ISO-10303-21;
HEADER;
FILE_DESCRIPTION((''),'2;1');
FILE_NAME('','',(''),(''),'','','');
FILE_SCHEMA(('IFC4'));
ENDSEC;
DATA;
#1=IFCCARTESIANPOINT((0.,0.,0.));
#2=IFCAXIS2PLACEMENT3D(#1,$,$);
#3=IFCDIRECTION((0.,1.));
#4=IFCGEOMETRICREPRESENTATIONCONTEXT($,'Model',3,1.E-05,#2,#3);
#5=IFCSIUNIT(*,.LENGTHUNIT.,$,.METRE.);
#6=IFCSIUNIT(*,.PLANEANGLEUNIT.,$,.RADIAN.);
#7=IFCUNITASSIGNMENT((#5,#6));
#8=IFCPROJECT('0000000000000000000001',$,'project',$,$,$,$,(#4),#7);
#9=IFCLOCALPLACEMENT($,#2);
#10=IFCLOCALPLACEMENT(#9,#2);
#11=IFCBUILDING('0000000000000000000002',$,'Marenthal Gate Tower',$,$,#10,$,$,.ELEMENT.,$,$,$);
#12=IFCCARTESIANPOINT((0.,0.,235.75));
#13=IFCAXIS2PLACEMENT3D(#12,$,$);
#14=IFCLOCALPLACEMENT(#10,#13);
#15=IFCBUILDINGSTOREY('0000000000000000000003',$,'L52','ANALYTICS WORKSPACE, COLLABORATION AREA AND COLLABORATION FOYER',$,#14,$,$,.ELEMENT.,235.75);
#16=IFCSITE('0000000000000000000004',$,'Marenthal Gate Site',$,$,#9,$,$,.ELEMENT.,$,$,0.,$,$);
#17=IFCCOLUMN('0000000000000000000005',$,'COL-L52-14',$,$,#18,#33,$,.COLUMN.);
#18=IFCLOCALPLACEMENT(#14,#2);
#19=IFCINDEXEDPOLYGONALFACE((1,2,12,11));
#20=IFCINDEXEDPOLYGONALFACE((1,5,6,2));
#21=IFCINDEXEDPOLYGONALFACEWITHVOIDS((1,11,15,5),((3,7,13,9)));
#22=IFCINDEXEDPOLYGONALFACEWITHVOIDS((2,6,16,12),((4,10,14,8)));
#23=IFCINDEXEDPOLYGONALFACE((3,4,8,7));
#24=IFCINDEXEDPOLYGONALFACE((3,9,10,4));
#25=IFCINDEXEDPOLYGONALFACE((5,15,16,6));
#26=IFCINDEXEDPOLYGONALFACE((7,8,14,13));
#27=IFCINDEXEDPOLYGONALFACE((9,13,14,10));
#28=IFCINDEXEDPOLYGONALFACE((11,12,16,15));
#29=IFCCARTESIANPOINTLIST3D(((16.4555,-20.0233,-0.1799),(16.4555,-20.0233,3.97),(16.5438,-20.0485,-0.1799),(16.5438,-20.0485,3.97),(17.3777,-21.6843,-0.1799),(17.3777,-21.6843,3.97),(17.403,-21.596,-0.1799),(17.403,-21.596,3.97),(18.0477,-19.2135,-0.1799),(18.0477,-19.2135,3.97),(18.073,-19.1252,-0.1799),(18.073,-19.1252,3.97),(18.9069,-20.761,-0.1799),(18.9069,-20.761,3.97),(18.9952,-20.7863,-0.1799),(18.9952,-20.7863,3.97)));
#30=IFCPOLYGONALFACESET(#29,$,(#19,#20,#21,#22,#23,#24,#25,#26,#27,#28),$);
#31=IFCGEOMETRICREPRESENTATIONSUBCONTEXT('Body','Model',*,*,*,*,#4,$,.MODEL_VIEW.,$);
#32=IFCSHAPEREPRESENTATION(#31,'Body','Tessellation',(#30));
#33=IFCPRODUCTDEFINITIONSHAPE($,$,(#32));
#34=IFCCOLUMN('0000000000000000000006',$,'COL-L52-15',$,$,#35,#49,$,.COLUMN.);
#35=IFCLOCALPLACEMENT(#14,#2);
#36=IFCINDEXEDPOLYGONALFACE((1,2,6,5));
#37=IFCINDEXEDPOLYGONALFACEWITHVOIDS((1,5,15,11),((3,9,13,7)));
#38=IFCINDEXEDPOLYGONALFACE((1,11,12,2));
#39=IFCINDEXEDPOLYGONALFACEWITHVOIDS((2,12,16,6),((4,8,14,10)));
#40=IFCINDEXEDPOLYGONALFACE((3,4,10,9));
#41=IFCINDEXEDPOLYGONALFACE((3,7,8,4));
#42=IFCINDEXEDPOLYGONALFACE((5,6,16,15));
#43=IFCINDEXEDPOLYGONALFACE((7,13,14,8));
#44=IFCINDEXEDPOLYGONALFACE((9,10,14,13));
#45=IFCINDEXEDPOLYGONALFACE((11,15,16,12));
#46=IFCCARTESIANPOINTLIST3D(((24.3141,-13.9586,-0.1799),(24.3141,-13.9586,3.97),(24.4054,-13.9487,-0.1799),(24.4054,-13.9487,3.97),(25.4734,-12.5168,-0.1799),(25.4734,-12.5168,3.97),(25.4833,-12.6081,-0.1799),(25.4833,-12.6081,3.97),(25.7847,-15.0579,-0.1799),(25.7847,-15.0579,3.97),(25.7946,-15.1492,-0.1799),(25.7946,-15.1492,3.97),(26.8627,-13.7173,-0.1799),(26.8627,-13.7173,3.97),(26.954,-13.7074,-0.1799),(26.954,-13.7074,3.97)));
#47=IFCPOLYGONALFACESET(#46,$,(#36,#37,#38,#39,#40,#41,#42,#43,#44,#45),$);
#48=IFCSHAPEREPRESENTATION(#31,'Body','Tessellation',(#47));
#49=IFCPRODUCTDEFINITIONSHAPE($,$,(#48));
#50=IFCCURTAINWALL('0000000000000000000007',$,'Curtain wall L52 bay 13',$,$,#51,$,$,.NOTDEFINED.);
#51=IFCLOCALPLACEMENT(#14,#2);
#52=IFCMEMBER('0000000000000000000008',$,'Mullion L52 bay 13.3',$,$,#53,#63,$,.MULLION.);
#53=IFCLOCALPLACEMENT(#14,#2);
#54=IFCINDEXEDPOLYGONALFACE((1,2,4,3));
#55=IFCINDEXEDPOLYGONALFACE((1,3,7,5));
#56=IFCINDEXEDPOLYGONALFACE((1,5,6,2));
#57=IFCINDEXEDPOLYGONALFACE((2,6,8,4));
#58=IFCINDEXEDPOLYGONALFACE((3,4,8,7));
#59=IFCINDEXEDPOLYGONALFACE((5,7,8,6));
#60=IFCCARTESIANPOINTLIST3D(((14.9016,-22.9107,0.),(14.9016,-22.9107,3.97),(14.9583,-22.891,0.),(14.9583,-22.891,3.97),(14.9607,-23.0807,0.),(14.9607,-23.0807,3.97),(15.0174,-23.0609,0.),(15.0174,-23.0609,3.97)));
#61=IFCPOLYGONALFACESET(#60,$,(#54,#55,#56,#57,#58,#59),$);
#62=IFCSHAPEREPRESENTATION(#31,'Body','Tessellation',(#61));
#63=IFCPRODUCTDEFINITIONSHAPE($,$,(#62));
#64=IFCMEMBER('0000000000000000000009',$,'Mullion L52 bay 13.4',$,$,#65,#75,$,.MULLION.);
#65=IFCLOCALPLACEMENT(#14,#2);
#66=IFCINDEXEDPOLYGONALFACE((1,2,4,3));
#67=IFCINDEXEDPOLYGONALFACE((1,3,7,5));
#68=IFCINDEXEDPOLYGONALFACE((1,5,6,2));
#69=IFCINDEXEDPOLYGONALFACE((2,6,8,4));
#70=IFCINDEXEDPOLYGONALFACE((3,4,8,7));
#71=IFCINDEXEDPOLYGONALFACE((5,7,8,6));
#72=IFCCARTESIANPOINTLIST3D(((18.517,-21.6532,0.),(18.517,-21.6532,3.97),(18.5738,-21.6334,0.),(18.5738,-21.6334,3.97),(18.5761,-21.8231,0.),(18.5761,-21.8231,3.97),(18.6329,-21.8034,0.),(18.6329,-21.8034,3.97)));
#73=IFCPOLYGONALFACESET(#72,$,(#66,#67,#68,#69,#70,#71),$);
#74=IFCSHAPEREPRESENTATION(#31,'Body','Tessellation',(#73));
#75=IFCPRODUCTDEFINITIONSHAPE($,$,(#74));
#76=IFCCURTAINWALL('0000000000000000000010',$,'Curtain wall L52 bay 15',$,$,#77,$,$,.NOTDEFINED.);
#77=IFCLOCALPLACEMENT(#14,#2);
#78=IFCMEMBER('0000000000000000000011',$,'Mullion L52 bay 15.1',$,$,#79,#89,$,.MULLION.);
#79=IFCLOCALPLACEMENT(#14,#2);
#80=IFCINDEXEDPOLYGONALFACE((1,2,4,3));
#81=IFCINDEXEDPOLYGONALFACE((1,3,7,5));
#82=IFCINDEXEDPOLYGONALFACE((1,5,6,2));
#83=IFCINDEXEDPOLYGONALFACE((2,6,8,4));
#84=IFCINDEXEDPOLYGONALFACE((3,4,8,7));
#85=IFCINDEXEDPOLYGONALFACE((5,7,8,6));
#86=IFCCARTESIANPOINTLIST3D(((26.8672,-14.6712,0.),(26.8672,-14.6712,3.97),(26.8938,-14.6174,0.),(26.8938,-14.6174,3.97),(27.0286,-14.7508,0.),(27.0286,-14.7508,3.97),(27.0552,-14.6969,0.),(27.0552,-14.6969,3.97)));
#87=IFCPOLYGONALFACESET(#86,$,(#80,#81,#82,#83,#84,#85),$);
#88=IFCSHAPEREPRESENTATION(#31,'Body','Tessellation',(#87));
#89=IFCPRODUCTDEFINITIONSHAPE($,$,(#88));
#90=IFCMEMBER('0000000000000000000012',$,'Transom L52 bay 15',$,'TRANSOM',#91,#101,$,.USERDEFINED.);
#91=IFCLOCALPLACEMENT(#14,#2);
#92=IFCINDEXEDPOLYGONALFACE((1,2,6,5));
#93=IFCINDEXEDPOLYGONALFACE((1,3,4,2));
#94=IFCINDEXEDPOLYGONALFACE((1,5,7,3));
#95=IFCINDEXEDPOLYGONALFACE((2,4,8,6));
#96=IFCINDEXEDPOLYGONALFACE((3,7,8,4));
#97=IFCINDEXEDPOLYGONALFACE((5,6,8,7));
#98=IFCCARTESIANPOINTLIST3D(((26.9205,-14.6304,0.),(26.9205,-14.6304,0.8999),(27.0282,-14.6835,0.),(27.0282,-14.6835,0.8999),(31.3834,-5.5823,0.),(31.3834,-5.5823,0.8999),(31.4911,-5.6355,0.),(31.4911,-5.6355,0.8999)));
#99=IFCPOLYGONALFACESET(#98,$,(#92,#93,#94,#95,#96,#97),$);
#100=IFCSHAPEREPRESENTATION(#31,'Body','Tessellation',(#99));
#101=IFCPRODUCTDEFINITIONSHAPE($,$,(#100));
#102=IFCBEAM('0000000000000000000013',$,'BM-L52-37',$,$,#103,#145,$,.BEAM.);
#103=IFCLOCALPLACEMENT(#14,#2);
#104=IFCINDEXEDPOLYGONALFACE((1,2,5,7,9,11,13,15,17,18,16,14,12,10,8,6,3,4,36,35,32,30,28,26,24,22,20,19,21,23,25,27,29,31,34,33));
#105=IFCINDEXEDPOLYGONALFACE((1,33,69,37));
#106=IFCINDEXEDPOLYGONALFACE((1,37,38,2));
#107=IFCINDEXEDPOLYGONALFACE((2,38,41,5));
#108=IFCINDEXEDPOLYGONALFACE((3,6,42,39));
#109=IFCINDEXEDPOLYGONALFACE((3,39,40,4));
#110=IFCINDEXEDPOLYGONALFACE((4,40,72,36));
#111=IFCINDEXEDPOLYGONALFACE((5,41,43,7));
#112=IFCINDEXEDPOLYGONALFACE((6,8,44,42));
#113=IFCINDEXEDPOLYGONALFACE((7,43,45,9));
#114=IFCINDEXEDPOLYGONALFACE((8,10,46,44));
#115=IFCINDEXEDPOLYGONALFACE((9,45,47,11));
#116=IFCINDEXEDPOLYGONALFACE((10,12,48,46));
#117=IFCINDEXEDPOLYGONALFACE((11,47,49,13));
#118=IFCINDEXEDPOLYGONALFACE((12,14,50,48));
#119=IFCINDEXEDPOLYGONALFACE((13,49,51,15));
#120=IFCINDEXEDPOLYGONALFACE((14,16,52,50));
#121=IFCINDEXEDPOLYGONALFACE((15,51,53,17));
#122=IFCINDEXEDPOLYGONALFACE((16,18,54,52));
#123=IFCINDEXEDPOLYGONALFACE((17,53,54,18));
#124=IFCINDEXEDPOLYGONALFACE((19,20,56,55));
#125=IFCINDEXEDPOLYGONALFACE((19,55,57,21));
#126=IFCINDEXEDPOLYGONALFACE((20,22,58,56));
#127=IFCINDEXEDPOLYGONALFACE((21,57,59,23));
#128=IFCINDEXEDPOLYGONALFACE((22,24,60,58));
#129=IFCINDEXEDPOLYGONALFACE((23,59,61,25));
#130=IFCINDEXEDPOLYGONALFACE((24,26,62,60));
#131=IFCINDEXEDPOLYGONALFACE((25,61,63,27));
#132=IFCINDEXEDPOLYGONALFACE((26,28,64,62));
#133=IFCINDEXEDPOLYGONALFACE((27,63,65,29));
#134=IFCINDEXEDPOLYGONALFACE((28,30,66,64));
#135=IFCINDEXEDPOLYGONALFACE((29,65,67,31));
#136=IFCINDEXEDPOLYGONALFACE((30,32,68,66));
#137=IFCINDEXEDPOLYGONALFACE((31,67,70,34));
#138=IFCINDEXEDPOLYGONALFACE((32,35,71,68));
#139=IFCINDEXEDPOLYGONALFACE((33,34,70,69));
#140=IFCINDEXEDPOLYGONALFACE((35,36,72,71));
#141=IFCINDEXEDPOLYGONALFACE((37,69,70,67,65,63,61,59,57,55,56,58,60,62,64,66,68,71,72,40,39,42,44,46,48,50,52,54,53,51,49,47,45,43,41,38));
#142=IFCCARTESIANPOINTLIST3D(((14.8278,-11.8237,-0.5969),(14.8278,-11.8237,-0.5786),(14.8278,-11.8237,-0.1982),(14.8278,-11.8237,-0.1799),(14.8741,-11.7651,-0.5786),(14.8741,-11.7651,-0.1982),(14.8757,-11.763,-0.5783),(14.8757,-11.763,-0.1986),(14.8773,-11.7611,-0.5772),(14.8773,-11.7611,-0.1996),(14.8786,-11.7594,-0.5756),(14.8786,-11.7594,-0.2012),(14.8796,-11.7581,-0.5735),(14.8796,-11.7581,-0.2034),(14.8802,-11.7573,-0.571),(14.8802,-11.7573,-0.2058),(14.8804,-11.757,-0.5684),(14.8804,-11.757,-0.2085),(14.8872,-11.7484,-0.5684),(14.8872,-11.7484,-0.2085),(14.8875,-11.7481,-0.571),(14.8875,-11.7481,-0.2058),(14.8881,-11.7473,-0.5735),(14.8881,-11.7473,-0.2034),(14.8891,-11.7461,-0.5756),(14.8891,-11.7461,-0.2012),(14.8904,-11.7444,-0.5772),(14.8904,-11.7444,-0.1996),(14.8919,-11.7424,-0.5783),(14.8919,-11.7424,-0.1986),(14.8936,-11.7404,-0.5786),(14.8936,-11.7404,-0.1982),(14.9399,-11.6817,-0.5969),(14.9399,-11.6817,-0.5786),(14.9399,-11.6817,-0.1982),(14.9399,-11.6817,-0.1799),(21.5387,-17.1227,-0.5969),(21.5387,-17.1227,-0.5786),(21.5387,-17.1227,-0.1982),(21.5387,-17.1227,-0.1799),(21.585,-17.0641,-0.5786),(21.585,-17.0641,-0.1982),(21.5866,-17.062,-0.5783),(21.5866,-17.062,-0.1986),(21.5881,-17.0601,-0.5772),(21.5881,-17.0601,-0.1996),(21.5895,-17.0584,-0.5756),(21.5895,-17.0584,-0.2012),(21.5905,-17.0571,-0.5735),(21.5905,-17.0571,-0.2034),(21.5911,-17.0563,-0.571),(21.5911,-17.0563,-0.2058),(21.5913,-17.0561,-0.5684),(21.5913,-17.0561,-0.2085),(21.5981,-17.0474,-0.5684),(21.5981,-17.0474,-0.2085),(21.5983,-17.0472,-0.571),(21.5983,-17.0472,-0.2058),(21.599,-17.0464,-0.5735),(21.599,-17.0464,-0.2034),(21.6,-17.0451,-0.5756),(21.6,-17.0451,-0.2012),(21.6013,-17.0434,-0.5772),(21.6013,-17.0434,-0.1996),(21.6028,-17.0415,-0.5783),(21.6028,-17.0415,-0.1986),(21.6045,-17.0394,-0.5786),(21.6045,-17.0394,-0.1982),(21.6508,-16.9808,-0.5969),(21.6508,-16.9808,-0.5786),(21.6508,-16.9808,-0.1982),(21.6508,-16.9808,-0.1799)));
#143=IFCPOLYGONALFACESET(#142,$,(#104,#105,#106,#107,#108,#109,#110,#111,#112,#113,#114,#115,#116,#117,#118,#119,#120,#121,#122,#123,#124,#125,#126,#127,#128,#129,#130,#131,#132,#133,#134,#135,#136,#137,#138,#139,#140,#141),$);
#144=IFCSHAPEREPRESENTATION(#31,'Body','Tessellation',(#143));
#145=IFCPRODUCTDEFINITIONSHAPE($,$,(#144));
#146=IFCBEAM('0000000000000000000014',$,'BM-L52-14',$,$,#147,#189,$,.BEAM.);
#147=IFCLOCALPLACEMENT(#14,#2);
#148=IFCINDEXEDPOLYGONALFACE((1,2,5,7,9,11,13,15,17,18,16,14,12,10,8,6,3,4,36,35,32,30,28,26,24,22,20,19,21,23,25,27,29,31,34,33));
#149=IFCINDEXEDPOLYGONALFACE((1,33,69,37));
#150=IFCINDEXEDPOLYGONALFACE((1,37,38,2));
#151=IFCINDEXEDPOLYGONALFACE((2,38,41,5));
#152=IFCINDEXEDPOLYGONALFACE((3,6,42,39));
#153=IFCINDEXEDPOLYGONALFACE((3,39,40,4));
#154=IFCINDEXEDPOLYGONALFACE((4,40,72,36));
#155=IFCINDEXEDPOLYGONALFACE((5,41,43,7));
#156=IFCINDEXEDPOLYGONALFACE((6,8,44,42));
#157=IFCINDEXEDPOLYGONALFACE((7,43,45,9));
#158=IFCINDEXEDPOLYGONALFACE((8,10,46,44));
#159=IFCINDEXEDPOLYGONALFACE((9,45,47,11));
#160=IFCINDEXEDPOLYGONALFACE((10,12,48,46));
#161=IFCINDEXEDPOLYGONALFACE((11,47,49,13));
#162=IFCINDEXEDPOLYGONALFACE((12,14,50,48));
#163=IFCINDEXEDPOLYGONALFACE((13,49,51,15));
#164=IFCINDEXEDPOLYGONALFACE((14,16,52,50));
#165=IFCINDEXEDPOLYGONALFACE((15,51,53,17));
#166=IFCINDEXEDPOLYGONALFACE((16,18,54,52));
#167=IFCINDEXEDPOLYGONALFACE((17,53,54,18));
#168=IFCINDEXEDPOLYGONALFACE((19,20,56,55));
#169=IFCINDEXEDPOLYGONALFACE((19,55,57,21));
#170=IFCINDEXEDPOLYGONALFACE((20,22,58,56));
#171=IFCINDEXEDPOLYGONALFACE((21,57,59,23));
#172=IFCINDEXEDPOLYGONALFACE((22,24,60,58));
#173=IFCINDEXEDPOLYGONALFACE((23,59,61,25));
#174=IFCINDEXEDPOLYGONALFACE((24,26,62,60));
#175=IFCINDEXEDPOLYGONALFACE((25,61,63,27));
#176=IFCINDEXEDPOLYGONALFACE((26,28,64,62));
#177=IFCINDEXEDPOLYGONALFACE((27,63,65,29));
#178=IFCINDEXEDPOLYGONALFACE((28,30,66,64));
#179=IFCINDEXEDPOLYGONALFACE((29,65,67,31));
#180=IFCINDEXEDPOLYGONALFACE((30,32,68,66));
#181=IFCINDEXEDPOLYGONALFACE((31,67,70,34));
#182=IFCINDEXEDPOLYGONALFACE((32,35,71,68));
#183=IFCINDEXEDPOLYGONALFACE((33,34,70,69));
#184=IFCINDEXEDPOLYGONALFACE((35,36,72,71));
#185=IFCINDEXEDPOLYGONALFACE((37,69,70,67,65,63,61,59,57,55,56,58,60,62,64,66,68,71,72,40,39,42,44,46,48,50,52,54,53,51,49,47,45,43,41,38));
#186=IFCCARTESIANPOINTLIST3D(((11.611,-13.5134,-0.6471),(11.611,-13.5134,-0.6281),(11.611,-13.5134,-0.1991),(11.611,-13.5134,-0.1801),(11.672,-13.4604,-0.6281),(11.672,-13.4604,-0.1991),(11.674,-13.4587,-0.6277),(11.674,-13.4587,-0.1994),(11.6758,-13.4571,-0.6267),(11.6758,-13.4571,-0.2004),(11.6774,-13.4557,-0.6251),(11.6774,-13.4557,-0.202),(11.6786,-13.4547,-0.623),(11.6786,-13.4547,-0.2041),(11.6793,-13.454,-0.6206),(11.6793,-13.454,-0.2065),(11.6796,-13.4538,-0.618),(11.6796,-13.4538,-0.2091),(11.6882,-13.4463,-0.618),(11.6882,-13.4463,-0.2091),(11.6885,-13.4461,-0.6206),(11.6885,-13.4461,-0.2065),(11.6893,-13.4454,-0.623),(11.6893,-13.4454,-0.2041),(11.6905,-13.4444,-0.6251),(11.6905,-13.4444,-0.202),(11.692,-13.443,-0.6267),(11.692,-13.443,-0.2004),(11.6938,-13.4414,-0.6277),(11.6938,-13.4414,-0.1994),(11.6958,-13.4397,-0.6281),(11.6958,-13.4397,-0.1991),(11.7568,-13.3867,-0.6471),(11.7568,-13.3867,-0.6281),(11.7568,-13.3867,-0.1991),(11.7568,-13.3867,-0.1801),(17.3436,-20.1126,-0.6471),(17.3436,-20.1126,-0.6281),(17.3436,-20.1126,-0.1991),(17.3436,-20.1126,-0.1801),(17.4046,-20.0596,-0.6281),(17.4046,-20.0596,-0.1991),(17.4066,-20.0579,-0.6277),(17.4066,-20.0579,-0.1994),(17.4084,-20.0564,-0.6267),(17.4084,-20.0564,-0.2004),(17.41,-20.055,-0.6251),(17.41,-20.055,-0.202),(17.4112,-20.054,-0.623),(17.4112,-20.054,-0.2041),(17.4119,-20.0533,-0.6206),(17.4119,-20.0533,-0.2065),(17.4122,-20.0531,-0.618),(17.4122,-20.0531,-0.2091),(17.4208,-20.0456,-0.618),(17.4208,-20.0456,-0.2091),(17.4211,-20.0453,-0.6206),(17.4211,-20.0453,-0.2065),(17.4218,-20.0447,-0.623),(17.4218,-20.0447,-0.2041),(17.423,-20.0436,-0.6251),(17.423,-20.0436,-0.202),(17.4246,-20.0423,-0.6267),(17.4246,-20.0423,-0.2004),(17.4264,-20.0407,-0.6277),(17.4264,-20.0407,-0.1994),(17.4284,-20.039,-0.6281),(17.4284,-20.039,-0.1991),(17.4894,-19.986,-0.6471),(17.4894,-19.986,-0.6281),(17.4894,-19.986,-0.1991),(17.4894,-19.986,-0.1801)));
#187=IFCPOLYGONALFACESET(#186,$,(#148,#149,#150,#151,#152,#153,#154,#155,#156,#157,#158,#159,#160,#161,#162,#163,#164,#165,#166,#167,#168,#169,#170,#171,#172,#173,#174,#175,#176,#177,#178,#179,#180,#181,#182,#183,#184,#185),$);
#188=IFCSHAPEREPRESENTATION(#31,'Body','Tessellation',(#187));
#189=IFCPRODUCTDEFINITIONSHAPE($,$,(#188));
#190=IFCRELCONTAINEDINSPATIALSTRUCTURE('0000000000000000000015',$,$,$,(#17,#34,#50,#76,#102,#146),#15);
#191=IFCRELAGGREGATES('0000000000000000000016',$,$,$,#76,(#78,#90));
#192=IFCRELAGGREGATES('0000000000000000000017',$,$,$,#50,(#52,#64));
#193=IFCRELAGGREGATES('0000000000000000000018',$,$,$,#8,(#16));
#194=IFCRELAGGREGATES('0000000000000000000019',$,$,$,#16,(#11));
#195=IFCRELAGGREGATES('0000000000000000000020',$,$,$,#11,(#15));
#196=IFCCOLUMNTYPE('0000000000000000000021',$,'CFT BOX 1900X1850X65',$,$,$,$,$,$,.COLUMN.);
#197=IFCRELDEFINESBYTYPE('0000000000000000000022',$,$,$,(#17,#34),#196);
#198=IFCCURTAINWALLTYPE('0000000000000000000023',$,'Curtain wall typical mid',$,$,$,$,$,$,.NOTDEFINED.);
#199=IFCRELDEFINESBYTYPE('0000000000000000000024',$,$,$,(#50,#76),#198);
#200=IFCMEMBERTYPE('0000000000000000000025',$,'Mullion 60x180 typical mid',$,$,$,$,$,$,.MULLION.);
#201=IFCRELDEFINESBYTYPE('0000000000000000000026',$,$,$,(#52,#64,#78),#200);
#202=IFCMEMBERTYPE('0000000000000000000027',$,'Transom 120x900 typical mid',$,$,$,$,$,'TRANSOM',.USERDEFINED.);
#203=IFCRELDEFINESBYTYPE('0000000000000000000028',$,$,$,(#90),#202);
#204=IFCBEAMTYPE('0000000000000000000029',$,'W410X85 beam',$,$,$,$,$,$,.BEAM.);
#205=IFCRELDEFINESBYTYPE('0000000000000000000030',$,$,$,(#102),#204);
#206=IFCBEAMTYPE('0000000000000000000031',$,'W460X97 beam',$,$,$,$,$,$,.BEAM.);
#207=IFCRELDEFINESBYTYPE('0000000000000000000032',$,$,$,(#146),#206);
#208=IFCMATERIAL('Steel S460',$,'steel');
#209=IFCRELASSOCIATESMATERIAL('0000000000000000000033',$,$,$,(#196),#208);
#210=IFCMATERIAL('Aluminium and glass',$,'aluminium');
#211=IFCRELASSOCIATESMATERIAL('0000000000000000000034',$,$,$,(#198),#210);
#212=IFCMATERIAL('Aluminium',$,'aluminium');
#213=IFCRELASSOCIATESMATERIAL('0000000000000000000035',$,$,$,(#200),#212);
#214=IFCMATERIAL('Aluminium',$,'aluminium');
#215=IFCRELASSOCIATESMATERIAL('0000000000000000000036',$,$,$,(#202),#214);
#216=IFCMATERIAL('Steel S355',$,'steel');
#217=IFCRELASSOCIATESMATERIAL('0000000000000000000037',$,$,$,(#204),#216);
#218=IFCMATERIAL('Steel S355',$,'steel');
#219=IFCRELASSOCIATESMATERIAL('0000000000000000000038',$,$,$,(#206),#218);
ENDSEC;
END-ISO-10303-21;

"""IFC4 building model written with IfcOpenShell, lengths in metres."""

from ifc_helpers import new_model, si_unit, direction, frame, origin, origin_2d, place, context, subcontext, project, spatial, rectangle, hollow_rectangle, i_section, extrude, material, material_profile, profile_set, type_object, element, aggregate, save


model = new_model("IFC4")

# Units and contexts
model_context = context("Model", 3, precision=1e-05, world=origin(), true_north=direction((0.0, 1.0)))
body_context = subcontext(model_context, "Body", "Model", "MODEL_VIEW")
ifc_project = project(units=[si_unit("LENGTHUNIT", "METRE"), si_unit("PLANEANGLEUNIT", "RADIAN")], contexts=[model_context])

# Site, building, storey
site_placement = place(None, origin())
site = spatial("IfcSite", under=ifc_project, at=site_placement, Name="Marenthal Gate Site", CompositionType="ELEMENT", RefElevation=0.0)
building_placement = place(site_placement, origin())
building = spatial("IfcBuilding", under=site, at=building_placement, Name="Marenthal Gate Tower", CompositionType="ELEMENT")
storey_placement = place(building_placement, frame((0.0, 0.0, 235.75)))
storey = spatial("IfcBuildingStorey", under=building, at=storey_placement, Name="L52", Description="ANALYTICS WORKSPACE, COLLABORATION AREA AND COLLABORATION FOYER", CompositionType="ELEMENT", Elevation=235.75)

# Columns
ifc_material_1 = material(Name="Steel S460", Category="steel")
ifc_material_profile_1 = material_profile(ifc_material_1, hollow_rectangle(XDim=1.8501, YDim=1.8999, WallThickness=0.0649, at=origin_2d()), Name="CFT BOX 1900X1850X65")
ifc_material_2 = material(Name="Concrete 70 MPa", Category="concrete")
ifc_material_profile_2 = material_profile(ifc_material_2, rectangle(XDim=1.72, YDim=1.77, at=origin_2d()), Name="CFT BOX 1900X1850X65 INFILL")
ifc_profile_set_1 = profile_set([ifc_material_profile_1, ifc_material_profile_2], Name="Steel S460 shell, Concrete 70 MPa infill")
column_type = type_object("IfcColumnType", Name="CFT BOX 1900X1850X65", PredefinedType="COLUMN", material=ifc_profile_set_1)
for number, where, z_axis, x_axis, name in (
    (1, (17.7253, -20.4048, -0.1799), (0.0, 0.0, 1.0), (-0.874282, -0.485419, 0.0), "COL-L52-14"),
    (2, (25.634, -13.833, -0.1799), (0.0, 0.0, 1.0), (-0.626651, -0.7793, 0.0), "COL-L52-15"),
):
    element("IfcColumn", number, at=place(storey_placement, frame(where, z_axis=z_axis, x_axis=x_axis)), inside=storey, type_object=column_type, Name=name, PredefinedType="COLUMN", context=body_context, shape_type="SweptSolid", body=[
        extrude(hollow_rectangle(XDim=1.8501, YDim=1.8999, WallThickness=0.0649, at=origin_2d()), origin(), (0.0, 0.0, 1.0), 4.1499),
    ])

# Curtain walls, members
ifc_material_3 = material(Name="Aluminium and glass", Category="aluminium")
curtain_wall_type = type_object("IfcCurtainWallType", Name="Curtain wall typical mid", PredefinedType="NOTDEFINED", material=ifc_material_3)
curtain_wall_1_placement = place(storey_placement, origin())
curtain_wall_1 = element("IfcCurtainWall", 3, at=curtain_wall_1_placement, inside=storey, type_object=curtain_wall_type, Name="Curtain wall L52 bay 13", PredefinedType="NOTDEFINED")
ifc_material_4 = material(Name="Aluminium", Category="aluminium")
ifc_material_profile_3 = material_profile(ifc_material_4, rectangle(XDim=0.1799, YDim=0.0601, at=origin_2d()), Name="60x180 aluminium mullion")
ifc_profile_set_2 = profile_set([ifc_material_profile_3], Name="Aluminium")
member_type_1 = type_object("IfcMemberType", Name="Mullion 60x180 typical mid", PredefinedType="MULLION", material=ifc_profile_set_2)
member_1_placement = place(storey_placement, frame((14.9595, -22.9858, 0.0), z_axis=(0.0, 0.0, 1.0), x_axis=(-0.32854, 0.94449, 0.0)))
member_1 = element("IfcMember", 4, at=member_1_placement, type_object=member_type_1, Name="Mullion L52 bay 13.3", PredefinedType="MULLION", context=body_context, shape_type="SweptSolid", body=[
    extrude(rectangle(XDim=0.1799, YDim=0.0601, at=origin_2d()), origin(), (0.0, 0.0, 1.0), 3.97),
])
member_2_placement = place(storey_placement, frame((18.575, -21.7283, 0.0), z_axis=(0.0, 0.0, 1.0), x_axis=(-0.32854, 0.94449, 0.0)))
member_2 = element("IfcMember", 5, at=member_2_placement, type_object=member_type_1, Name="Mullion L52 bay 13.4", PredefinedType="MULLION", context=body_context, shape_type="SweptSolid", body=[
    extrude(rectangle(XDim=0.1799, YDim=0.0601, at=origin_2d()), origin(), (0.0, 0.0, 1.0), 3.97),
])
curtain_wall_2_placement = place(storey_placement, origin())
curtain_wall_2 = element("IfcCurtainWall", 6, at=curtain_wall_2_placement, inside=storey, type_object=curtain_wall_type, Name="Curtain wall L52 bay 15", PredefinedType="NOTDEFINED")
member_3_placement = place(storey_placement, frame((26.9612, -14.6841, 0.0), z_axis=(0.0, 0.0, 1.0), x_axis=(-0.896835, 0.442364, 0.0)))
member_3 = element("IfcMember", 7, at=member_3_placement, type_object=member_type_1, Name="Mullion L52 bay 15.1", PredefinedType="MULLION", context=body_context, shape_type="SweptSolid", body=[
    extrude(rectangle(XDim=0.1799, YDim=0.0601, at=origin_2d()), origin(), (0.0, 0.0, 1.0), 3.97),
])
ifc_material_5 = material(Name="Aluminium", Category="aluminium")
ifc_material_profile_4 = material_profile(ifc_material_5, rectangle(XDim=0.1201, YDim=0.8999, at=origin_2d()), Name="120x900 aluminium transom")
ifc_profile_set_3 = profile_set([ifc_material_profile_4], Name="Aluminium")
member_type_2 = type_object("IfcMemberType", Name="Transom 120x900 typical mid", ElementType="TRANSOM", PredefinedType="USERDEFINED", material=ifc_profile_set_3)
member_4_placement = place(storey_placement, frame((26.9744, -14.657, 0.45), z_axis=(0.442358, 0.896839, 0.0), x_axis=(-0.896839, 0.442358, 0.0)))
member_4 = element("IfcMember", 8, at=member_4_placement, type_object=member_type_2, Name="Transom L52 bay 15", ObjectType="TRANSOM", PredefinedType="USERDEFINED", context=body_context, shape_type="SweptSolid", body=[
    extrude(rectangle(XDim=0.1201, YDim=0.8999, at=origin_2d()), origin(), (0.0, 0.0, 1.0), 10.0889),
])
aggregate(curtain_wall_2, [member_3, member_4])

# Beams
ifc_material_6 = material(Name="Steel S355", Category="steel")
ifc_material_profile_5 = material_profile(ifc_material_6, i_section(OverallWidth=0.1809, OverallDepth=0.417, WebThickness=0.011, FlangeThickness=0.0183, FilletRadius=0.0103, at=origin_2d()), Name="W410X85")
ifc_profile_set_4 = profile_set([ifc_material_profile_5], Name="Steel S355")
beam_type_1 = type_object("IfcBeamType", Name="W410X85 beam", PredefinedType="BEAM", material=ifc_profile_set_4)
beam_1_placement = place(storey_placement, frame((21.5947, -17.0518, -0.3884), z_axis=(-0.784828, 0.619714, 0.0), x_axis=(-0.619714, -0.784828, 0.0)))
element("IfcBeam", 9, at=beam_1_placement, inside=storey, type_object=beam_type_1, Name="BM-L52-37", PredefinedType="BEAM", context=body_context, shape_type="SweptSolid", body=[
    extrude(i_section(OverallWidth=0.1809, OverallDepth=0.417, WebThickness=0.011, FlangeThickness=0.0183, FilletRadius=0.0103, at=origin_2d()), origin(), (0.0, 0.0, 1.0), 8.5508),
])
ifc_material_7 = material(Name="Steel S355", Category="steel")
ifc_material_profile_6 = material_profile(ifc_material_7, i_section(OverallWidth=0.1931, OverallDepth=0.467, WebThickness=0.0115, FlangeThickness=0.019, FilletRadius=0.01, at=origin_2d()), Name="W460X97")
ifc_profile_set_5 = profile_set([ifc_material_profile_6], Name="Steel S355")
beam_type_2 = type_object("IfcBeamType", Name="W460X97 beam", PredefinedType="BEAM", material=ifc_profile_set_5)
beam_2_placement = place(storey_placement, frame((17.4165, -20.0493, -0.4136), z_axis=(-0.655793, 0.75494, 0.0), x_axis=(-0.75494, -0.655793, 0.0)))
element("IfcBeam", 10, at=beam_2_placement, inside=storey, type_object=beam_type_2, Name="BM-L52-14", PredefinedType="BEAM", context=body_context, shape_type="SweptSolid", body=[
    extrude(i_section(OverallWidth=0.1931, OverallDepth=0.467, WebThickness=0.0115, FlangeThickness=0.019, FilletRadius=0.01, at=origin_2d()), origin(), (0.0, 0.0, 1.0), 8.7415),
])

aggregate(curtain_wall_1, [member_1, member_2])

save(model, "model.ifc")
